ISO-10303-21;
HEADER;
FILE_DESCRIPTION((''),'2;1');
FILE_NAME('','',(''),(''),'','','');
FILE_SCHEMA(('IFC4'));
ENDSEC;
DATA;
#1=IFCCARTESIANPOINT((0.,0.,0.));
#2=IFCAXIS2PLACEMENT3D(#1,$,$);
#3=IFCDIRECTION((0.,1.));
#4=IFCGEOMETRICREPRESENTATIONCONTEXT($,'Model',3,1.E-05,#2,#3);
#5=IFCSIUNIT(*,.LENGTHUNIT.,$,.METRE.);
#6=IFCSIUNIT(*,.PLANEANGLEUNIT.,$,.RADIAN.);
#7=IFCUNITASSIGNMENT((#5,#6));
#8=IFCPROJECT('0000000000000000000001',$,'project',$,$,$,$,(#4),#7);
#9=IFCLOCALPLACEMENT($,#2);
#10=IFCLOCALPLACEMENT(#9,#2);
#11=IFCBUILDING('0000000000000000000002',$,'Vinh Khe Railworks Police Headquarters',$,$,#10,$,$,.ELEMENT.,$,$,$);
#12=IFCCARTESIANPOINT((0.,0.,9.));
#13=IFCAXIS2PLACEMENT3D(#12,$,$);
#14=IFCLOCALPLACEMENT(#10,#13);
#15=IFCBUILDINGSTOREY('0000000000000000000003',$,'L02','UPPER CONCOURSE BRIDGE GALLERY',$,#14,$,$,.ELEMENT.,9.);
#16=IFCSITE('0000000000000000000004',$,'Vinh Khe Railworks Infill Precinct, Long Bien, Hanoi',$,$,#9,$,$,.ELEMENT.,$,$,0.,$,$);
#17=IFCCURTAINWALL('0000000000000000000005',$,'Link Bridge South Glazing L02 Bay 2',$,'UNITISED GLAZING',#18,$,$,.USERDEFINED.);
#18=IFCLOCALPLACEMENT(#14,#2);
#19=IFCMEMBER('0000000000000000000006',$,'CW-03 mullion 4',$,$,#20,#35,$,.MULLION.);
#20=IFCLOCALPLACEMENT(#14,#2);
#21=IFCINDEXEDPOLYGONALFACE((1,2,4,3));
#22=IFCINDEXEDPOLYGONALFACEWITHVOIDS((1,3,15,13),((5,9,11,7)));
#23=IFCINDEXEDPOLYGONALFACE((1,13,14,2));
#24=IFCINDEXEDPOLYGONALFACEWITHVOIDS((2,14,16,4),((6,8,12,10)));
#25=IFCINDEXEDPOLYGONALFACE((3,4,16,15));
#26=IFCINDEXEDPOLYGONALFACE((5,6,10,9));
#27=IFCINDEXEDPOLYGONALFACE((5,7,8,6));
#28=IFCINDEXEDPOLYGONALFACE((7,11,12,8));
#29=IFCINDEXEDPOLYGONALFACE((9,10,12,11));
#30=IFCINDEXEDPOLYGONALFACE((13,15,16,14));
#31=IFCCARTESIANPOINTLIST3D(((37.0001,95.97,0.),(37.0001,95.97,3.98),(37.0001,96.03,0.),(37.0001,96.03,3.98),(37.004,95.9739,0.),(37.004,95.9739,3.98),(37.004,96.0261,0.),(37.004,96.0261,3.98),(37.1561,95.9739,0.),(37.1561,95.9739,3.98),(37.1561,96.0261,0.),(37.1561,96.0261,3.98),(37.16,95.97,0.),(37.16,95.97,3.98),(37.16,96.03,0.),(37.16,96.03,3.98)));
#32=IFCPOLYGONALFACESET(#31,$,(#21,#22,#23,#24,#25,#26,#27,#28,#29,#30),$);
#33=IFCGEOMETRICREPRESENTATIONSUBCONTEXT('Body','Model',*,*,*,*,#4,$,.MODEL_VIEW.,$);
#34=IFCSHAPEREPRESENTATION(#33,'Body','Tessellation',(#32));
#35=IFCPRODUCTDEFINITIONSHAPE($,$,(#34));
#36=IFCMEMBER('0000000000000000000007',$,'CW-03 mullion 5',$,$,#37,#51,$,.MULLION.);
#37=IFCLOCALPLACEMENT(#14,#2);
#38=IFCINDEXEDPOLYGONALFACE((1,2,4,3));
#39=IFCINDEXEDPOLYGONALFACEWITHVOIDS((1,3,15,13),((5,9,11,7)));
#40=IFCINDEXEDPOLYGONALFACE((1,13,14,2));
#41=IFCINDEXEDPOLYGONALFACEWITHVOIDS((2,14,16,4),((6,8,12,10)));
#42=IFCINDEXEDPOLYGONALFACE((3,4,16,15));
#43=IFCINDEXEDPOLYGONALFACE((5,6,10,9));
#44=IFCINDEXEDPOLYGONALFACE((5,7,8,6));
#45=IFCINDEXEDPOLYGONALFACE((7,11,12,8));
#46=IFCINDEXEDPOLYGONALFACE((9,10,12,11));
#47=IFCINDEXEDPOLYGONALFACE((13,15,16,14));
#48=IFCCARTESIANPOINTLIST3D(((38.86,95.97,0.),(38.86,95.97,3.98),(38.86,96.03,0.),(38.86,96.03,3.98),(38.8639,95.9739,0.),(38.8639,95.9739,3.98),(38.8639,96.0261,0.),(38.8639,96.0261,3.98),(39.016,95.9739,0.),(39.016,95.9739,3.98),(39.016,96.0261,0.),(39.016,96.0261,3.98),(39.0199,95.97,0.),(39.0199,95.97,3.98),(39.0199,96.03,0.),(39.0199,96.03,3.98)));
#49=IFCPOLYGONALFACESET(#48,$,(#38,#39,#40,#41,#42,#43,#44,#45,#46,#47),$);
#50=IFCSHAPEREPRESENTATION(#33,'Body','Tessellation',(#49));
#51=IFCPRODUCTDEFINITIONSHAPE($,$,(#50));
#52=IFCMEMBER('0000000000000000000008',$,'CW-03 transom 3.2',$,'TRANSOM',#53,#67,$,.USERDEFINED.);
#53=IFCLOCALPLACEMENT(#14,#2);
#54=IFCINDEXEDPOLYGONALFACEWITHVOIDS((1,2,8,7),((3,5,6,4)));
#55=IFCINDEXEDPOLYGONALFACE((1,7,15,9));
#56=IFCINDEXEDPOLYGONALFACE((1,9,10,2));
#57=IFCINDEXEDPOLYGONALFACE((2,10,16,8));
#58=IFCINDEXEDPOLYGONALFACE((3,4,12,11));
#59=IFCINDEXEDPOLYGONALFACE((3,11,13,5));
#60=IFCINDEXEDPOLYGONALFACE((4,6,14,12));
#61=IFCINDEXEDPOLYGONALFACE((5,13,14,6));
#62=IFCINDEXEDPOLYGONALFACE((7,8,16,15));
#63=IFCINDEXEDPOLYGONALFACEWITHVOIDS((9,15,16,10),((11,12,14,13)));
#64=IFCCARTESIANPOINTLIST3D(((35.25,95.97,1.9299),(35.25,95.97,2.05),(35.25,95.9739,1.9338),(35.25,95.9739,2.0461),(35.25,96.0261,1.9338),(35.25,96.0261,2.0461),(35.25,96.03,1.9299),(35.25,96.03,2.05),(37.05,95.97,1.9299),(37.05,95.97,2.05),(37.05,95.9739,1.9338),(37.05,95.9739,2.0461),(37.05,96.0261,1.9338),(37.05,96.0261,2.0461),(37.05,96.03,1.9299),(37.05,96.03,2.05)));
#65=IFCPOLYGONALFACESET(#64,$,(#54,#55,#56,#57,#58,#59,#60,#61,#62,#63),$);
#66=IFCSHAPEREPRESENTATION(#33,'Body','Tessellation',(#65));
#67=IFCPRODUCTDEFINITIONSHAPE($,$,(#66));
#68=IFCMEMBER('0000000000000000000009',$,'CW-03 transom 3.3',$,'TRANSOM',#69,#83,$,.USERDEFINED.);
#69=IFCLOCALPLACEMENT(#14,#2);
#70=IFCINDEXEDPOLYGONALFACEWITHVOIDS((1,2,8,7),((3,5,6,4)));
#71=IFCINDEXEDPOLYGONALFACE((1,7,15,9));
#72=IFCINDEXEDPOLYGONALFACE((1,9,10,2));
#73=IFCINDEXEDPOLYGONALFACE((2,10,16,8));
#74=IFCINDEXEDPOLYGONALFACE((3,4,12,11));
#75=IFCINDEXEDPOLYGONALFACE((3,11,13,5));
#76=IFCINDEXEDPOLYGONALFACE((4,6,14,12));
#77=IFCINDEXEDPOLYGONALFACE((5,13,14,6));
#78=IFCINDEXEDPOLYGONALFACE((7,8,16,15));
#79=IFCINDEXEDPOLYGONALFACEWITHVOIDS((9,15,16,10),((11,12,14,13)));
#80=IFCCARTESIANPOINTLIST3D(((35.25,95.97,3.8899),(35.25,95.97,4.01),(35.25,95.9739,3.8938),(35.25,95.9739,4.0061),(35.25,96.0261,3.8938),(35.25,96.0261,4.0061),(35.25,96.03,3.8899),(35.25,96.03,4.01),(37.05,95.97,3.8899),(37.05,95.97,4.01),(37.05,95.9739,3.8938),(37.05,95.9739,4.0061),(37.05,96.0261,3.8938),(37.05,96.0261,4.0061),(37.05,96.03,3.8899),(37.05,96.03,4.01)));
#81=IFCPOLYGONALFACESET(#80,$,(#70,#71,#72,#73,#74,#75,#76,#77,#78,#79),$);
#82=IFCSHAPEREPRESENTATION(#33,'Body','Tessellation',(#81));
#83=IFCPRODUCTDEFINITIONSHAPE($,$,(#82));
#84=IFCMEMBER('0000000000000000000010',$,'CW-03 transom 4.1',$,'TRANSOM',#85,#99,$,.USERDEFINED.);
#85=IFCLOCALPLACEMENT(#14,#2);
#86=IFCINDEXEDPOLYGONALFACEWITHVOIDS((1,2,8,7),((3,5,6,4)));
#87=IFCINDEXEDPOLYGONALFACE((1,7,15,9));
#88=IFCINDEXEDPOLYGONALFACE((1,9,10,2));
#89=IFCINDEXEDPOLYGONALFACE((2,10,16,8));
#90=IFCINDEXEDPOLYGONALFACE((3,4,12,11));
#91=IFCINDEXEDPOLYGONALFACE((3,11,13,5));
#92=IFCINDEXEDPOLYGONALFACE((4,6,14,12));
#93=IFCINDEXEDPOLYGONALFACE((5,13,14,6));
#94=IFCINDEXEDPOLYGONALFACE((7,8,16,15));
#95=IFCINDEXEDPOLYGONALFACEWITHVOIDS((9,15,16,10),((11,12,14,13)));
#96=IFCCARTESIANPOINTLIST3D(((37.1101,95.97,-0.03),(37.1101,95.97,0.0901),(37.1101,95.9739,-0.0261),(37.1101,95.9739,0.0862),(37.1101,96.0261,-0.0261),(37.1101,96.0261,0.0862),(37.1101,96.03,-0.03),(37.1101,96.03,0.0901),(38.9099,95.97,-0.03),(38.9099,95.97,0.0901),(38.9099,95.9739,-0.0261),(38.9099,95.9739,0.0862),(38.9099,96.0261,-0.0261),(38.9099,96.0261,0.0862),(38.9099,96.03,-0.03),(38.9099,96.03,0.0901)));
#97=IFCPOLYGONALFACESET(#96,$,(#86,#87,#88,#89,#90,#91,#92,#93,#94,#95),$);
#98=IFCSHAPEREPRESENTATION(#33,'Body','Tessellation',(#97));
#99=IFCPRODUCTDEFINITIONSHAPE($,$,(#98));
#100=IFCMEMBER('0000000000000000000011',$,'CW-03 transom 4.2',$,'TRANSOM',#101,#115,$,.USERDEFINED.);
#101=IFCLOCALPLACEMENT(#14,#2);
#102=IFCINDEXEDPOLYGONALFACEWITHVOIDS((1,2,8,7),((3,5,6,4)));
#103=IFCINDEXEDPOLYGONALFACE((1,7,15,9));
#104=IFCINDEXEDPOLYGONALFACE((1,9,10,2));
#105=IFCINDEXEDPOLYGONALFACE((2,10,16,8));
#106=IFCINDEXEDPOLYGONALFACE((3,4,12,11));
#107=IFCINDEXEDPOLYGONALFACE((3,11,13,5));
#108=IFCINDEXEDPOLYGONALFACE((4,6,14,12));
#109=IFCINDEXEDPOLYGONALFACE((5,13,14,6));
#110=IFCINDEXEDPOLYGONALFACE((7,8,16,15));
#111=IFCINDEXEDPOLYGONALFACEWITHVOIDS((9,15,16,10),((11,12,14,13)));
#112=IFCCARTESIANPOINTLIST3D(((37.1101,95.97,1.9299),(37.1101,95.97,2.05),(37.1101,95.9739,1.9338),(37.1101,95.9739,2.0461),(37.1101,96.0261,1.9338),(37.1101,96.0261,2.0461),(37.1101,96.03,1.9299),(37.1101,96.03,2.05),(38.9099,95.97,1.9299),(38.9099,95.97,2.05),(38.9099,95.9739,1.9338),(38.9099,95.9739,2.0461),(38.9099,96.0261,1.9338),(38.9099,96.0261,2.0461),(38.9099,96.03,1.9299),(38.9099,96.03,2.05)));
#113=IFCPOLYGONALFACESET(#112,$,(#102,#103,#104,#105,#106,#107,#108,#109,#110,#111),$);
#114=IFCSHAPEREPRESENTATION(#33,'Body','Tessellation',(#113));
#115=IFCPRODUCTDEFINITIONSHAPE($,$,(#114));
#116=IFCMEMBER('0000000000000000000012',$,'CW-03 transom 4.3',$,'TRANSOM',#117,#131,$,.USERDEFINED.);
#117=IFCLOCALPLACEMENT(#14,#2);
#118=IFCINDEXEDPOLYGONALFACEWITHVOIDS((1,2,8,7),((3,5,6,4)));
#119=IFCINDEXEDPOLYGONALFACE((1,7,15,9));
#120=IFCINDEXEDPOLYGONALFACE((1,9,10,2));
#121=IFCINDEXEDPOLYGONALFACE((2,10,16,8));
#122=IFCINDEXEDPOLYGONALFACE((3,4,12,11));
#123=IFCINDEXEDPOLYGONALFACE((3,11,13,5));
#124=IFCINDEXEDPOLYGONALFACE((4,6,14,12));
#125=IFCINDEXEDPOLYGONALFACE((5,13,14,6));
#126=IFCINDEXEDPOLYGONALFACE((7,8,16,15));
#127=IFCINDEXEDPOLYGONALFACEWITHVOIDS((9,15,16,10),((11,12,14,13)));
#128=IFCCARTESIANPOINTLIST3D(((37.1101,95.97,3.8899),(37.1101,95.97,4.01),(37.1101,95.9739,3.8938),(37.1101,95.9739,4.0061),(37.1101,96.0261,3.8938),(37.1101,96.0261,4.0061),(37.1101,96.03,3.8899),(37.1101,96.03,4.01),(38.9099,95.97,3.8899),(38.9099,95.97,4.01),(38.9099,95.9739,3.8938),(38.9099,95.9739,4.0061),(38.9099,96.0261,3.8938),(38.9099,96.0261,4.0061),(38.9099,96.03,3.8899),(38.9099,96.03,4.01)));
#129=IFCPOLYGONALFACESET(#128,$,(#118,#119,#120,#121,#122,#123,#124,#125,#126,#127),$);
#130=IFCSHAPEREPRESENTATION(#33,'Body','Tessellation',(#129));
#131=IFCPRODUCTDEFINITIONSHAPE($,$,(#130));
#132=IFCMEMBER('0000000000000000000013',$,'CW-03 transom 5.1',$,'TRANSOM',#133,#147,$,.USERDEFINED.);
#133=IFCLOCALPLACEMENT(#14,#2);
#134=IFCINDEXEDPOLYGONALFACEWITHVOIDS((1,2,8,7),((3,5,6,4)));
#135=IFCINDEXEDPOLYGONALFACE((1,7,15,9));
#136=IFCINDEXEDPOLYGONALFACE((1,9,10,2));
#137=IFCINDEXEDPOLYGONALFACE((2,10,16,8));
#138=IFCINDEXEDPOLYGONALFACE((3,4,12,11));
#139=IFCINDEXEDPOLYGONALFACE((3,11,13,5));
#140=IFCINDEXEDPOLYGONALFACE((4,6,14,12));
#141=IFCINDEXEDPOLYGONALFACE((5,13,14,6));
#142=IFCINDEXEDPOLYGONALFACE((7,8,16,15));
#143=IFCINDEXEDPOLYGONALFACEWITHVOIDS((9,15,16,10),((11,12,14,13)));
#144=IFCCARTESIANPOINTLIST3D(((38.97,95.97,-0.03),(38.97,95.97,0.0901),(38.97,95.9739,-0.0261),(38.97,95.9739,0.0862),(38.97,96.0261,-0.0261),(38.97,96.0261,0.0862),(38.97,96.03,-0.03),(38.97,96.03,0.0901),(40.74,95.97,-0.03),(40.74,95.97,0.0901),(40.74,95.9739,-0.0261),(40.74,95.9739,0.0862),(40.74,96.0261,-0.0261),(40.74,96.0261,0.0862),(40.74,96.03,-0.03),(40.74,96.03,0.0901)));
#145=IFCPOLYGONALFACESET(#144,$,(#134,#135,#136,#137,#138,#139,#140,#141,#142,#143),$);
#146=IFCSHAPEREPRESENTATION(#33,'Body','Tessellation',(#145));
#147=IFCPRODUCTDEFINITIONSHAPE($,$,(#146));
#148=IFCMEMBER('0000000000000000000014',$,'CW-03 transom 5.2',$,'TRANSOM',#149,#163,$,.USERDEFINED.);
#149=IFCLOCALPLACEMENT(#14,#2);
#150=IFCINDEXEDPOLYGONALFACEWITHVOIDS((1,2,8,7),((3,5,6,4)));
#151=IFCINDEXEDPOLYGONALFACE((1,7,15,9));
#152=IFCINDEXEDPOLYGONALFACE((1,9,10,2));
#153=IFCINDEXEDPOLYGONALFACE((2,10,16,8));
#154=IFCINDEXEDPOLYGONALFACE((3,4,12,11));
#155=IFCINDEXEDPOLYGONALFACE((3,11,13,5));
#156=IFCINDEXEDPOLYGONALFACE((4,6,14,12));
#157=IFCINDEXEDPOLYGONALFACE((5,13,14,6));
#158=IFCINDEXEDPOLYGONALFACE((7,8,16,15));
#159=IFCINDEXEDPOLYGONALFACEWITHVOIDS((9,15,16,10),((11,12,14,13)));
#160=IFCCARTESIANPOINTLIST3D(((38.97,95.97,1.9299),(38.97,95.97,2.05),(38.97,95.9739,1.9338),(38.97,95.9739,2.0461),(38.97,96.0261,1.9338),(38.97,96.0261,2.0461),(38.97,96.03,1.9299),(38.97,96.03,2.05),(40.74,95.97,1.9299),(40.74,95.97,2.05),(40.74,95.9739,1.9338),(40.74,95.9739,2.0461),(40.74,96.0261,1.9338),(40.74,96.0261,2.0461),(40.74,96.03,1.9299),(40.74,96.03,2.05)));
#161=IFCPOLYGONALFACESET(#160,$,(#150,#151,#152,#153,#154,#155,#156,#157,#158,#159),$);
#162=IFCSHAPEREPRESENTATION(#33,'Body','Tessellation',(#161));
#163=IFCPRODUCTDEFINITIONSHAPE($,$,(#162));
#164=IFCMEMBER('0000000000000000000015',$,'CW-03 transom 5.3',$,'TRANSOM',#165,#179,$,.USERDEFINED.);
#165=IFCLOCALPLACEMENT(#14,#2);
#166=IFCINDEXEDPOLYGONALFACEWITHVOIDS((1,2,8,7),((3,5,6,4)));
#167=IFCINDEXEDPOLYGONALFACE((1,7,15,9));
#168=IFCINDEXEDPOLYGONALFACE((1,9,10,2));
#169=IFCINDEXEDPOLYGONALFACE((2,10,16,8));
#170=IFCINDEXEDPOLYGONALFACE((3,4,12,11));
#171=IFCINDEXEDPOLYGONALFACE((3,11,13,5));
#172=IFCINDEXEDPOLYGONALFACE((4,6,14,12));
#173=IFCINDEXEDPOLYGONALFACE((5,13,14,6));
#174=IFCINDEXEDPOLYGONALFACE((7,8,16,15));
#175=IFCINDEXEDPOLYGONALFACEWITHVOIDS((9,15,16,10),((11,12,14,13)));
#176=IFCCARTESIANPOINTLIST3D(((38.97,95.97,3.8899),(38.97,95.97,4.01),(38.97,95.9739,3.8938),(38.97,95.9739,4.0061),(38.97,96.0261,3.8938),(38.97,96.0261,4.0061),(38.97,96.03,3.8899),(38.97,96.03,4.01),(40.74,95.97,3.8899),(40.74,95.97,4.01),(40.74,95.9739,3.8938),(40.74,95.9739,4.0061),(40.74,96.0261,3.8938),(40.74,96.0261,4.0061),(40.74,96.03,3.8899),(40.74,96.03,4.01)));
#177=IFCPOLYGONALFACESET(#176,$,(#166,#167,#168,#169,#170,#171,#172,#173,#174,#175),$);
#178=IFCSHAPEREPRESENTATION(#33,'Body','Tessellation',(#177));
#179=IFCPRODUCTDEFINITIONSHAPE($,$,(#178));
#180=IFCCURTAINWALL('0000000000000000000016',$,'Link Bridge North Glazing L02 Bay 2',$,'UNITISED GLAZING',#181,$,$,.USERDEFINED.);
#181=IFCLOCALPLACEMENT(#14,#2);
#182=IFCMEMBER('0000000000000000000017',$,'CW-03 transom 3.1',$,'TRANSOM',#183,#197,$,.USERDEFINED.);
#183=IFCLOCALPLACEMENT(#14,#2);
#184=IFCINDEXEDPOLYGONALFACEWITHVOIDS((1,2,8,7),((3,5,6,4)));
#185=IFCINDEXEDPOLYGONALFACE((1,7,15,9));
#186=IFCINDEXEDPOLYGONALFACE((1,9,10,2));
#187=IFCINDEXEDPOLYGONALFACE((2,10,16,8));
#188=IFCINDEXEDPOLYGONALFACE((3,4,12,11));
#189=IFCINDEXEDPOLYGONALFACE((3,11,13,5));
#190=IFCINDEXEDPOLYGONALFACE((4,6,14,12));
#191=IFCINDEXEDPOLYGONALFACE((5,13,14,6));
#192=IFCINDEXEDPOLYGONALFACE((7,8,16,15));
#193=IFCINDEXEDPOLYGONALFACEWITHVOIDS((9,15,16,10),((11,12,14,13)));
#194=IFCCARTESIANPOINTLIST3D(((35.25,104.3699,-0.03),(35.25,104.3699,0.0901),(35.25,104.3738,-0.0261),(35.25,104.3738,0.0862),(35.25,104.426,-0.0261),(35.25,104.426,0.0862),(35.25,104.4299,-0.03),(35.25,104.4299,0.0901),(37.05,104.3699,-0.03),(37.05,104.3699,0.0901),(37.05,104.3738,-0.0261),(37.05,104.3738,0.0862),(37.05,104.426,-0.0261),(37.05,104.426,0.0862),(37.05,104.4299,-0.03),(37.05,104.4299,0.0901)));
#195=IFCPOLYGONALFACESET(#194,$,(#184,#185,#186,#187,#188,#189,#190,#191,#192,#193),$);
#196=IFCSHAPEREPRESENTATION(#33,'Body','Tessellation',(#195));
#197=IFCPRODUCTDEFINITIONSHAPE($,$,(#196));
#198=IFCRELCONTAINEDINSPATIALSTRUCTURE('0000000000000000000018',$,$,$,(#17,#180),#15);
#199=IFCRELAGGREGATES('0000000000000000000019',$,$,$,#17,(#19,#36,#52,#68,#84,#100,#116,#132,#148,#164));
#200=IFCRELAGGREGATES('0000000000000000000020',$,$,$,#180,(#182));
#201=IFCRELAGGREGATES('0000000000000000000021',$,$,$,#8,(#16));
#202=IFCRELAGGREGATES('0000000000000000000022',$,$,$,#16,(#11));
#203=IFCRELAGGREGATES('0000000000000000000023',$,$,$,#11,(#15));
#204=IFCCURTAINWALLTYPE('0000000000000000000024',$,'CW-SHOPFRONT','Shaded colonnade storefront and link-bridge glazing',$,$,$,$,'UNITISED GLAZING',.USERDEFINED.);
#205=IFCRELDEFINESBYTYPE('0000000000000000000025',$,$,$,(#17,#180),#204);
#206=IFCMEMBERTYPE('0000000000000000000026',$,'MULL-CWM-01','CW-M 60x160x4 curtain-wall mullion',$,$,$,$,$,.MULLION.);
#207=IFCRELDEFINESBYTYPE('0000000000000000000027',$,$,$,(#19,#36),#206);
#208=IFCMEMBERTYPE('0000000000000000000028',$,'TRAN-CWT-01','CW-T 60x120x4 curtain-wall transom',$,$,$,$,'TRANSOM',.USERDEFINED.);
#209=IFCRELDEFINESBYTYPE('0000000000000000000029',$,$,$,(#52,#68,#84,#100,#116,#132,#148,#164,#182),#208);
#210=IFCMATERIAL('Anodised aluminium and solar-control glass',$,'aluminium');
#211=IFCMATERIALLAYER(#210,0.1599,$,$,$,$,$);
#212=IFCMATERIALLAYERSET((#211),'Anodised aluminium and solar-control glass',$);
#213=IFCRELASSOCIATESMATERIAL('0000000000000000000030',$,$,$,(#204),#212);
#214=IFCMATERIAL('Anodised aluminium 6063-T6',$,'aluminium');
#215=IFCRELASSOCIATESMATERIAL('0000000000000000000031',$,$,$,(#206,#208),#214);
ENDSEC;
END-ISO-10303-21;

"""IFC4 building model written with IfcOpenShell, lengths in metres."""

from ifc_helpers import new_model, si_unit, direction, frame, origin, origin_2d, place, context, subcontext, project, spatial, hollow_rectangle, extrude, material, layer, layer_set, material_profile, profile_set, type_object, element, aggregate, save


model = new_model("IFC4")

# Units and contexts
model_context = context("Model", 3, precision=1e-05, world=origin(), true_north=direction((0.0, 1.0)))
body_context = subcontext(model_context, "Body", "Model", "MODEL_VIEW")
ifc_project = project(units=[si_unit("LENGTHUNIT", "METRE"), si_unit("PLANEANGLEUNIT", "RADIAN")], contexts=[model_context])

# Site, building, storey
site_placement = place(None, origin())
site = spatial("IfcSite", under=ifc_project, at=site_placement, Name="Vinh Khe Railworks Infill Precinct, Long Bien, Hanoi", CompositionType="ELEMENT", RefElevation=0.0)
building_placement = place(site_placement, origin())
building = spatial("IfcBuilding", under=site, at=building_placement, Name="Vinh Khe Railworks Police Headquarters", CompositionType="ELEMENT")
storey_placement = place(building_placement, frame((0.0, 0.0, 9.0)))
storey = spatial("IfcBuildingStorey", under=building, at=storey_placement, Name="L02", Description="UPPER CONCOURSE BRIDGE GALLERY", CompositionType="ELEMENT", Elevation=9.0)

# Curtain walls, members
ifc_material_1 = material(Name="Anodised aluminium and solar-control glass", Category="aluminium")
ifc_layer_1 = layer(ifc_material_1, 0.1599)
ifc_layer_set_1 = layer_set([ifc_layer_1], Name="Anodised aluminium and solar-control glass")
curtain_wall_type = type_object("IfcCurtainWallType", Name="CW-SHOPFRONT", Description="Shaded colonnade storefront and link-bridge glazing", ElementType="UNITISED GLAZING", PredefinedType="USERDEFINED", material=ifc_layer_set_1)
curtain_wall_1_placement = place(storey_placement, origin())
curtain_wall_1 = element("IfcCurtainWall", 1, at=curtain_wall_1_placement, inside=storey, type_object=curtain_wall_type, Name="Link Bridge South Glazing L02 Bay 2", ObjectType="UNITISED GLAZING", PredefinedType="USERDEFINED")
ifc_material_2 = material(Name="Anodised aluminium 6063-T6", Category="aluminium")
ifc_material_profile_1 = material_profile(ifc_material_2, hollow_rectangle(XDim=0.0601, YDim=0.1599, WallThickness=0.0039, at=origin_2d()), Name="CW-M 60x160x4")
ifc_profile_set_1 = profile_set([ifc_material_profile_1], Name="Anodised aluminium 6063-T6")
member_type_1 = type_object("IfcMemberType", Name="MULL-CWM-01", Description="CW-M 60x160x4 curtain-wall mullion", PredefinedType="MULLION", material=ifc_profile_set_1)
member_1_placement = place(storey_placement, frame((37.0801, 96.0, 0.0), z_axis=(0.0, 0.0, 1.0), x_axis=(0.0, 1.0, 0.0)))
member_1 = element("IfcMember", 2, at=member_1_placement, type_object=member_type_1, Name="CW-03 mullion 4", PredefinedType="MULLION", context=body_context, shape_type="SweptSolid", body=[
    extrude(hollow_rectangle(XDim=0.0601, YDim=0.1599, WallThickness=0.0039, at=origin_2d()), origin(), (0.0, 0.0, 1.0), 3.98),
])
member_2_placement = place(storey_placement, frame((38.9399, 96.0, 0.0), z_axis=(0.0, 0.0, 1.0), x_axis=(0.0, 1.0, 0.0)))
member_2 = element("IfcMember", 3, at=member_2_placement, type_object=member_type_1, Name="CW-03 mullion 5", PredefinedType="MULLION", context=body_context, shape_type="SweptSolid", body=[
    extrude(hollow_rectangle(XDim=0.0601, YDim=0.1599, WallThickness=0.0039, at=origin_2d()), origin(), (0.0, 0.0, 1.0), 3.98),
])
ifc_material_profile_2 = material_profile(ifc_material_2, hollow_rectangle(XDim=0.0601, YDim=0.1201, WallThickness=0.0039, at=origin_2d()), Name="CW-T 60x120x4")
ifc_profile_set_2 = profile_set([ifc_material_profile_2], Name="Anodised aluminium 6063-T6")
member_type_2 = type_object("IfcMemberType", Name="TRAN-CWT-01", Description="CW-T 60x120x4 curtain-wall transom", ElementType="TRANSOM", PredefinedType="USERDEFINED", material=ifc_profile_set_2)
member_3_placement = place(storey_placement, frame((35.25, 96.0, 1.99), z_axis=(1.0, 0.0, 0.0), x_axis=(0.0, 1.0, 0.0)))
member_3 = element("IfcMember", 4, at=member_3_placement, type_object=member_type_2, Name="CW-03 transom 3.2", ObjectType="TRANSOM", PredefinedType="USERDEFINED", context=body_context, shape_type="SweptSolid", body=[
    extrude(hollow_rectangle(XDim=0.0601, YDim=0.1201, WallThickness=0.0039, at=origin_2d()), origin(), (0.0, 0.0, 1.0), 1.8),
])
member_4_placement = place(storey_placement, frame((35.25, 96.0, 3.95), z_axis=(1.0, 0.0, 0.0), x_axis=(0.0, 1.0, 0.0)))
member_4 = element("IfcMember", 5, at=member_4_placement, type_object=member_type_2, Name="CW-03 transom 3.3", ObjectType="TRANSOM", PredefinedType="USERDEFINED", context=body_context, shape_type="SweptSolid", body=[
    extrude(hollow_rectangle(XDim=0.0601, YDim=0.1201, WallThickness=0.0039, at=origin_2d()), origin(), (0.0, 0.0, 1.0), 1.8),
])
member_5_placement = place(storey_placement, frame((37.1101, 96.0, 0.03), z_axis=(1.0, 0.0, 0.0), x_axis=(0.0, 1.0, 0.0)))
member_5 = element("IfcMember", 6, at=member_5_placement, type_object=member_type_2, Name="CW-03 transom 4.1", ObjectType="TRANSOM", PredefinedType="USERDEFINED", context=body_context, shape_type="SweptSolid", body=[
    extrude(hollow_rectangle(XDim=0.0601, YDim=0.1201, WallThickness=0.0039, at=origin_2d()), origin(), (0.0, 0.0, 1.0), 1.7998),
])
member_6_placement = place(storey_placement, frame((37.1101, 96.0, 1.99), z_axis=(1.0, 0.0, 0.0), x_axis=(0.0, 1.0, 0.0)))
member_6 = element("IfcMember", 7, at=member_6_placement, type_object=member_type_2, Name="CW-03 transom 4.2", ObjectType="TRANSOM", PredefinedType="USERDEFINED", context=body_context, shape_type="SweptSolid", body=[
    extrude(hollow_rectangle(XDim=0.0601, YDim=0.1201, WallThickness=0.0039, at=origin_2d()), origin(), (0.0, 0.0, 1.0), 1.7998),
])
member_7_placement = place(storey_placement, frame((37.1101, 96.0, 3.95), z_axis=(1.0, 0.0, 0.0), x_axis=(0.0, 1.0, 0.0)))
member_7 = element("IfcMember", 8, at=member_7_placement, type_object=member_type_2, Name="CW-03 transom 4.3", ObjectType="TRANSOM", PredefinedType="USERDEFINED", context=body_context, shape_type="SweptSolid", body=[
    extrude(hollow_rectangle(XDim=0.0601, YDim=0.1201, WallThickness=0.0039, at=origin_2d()), origin(), (0.0, 0.0, 1.0), 1.7998),
])
member_8_placement = place(storey_placement, frame((38.97, 96.0, 0.03), z_axis=(1.0, 0.0, 0.0), x_axis=(0.0, 1.0, 0.0)))
member_8 = element("IfcMember", 9, at=member_8_placement, type_object=member_type_2, Name="CW-03 transom 5.1", ObjectType="TRANSOM", PredefinedType="USERDEFINED", context=body_context, shape_type="SweptSolid", body=[
    extrude(hollow_rectangle(XDim=0.0601, YDim=0.1201, WallThickness=0.0039, at=origin_2d()), origin(), (0.0, 0.0, 1.0), 1.77),
])
member_9_placement = place(storey_placement, frame((38.97, 96.0, 1.99), z_axis=(1.0, 0.0, 0.0), x_axis=(0.0, 1.0, 0.0)))
member_9 = element("IfcMember", 10, at=member_9_placement, type_object=member_type_2, Name="CW-03 transom 5.2", ObjectType="TRANSOM", PredefinedType="USERDEFINED", context=body_context, shape_type="SweptSolid", body=[
    extrude(hollow_rectangle(XDim=0.0601, YDim=0.1201, WallThickness=0.0039, at=origin_2d()), origin(), (0.0, 0.0, 1.0), 1.77),
])
member_10_placement = place(storey_placement, frame((38.97, 96.0, 3.95), z_axis=(1.0, 0.0, 0.0), x_axis=(0.0, 1.0, 0.0)))
member_10 = element("IfcMember", 11, at=member_10_placement, type_object=member_type_2, Name="CW-03 transom 5.3", ObjectType="TRANSOM", PredefinedType="USERDEFINED", context=body_context, shape_type="SweptSolid", body=[
    extrude(hollow_rectangle(XDim=0.0601, YDim=0.1201, WallThickness=0.0039, at=origin_2d()), origin(), (0.0, 0.0, 1.0), 1.77),
])
curtain_wall_2_placement = place(storey_placement, origin())
curtain_wall_2 = element("IfcCurtainWall", 12, at=curtain_wall_2_placement, inside=storey, type_object=curtain_wall_type, Name="Link Bridge North Glazing L02 Bay 2", ObjectType="UNITISED GLAZING", PredefinedType="USERDEFINED")
member_11_placement = place(storey_placement, frame((35.25, 104.3999, 0.03), z_axis=(1.0, 0.0, 0.0), x_axis=(0.0, 1.0, 0.0)))
member_11 = element("IfcMember", 13, at=member_11_placement, type_object=member_type_2, Name="CW-03 transom 3.1", ObjectType="TRANSOM", PredefinedType="USERDEFINED", context=body_context, shape_type="SweptSolid", body=[
    extrude(hollow_rectangle(XDim=0.0601, YDim=0.1201, WallThickness=0.0039, at=origin_2d()), origin(), (0.0, 0.0, 1.0), 1.8),
])

aggregate(curtain_wall_1, [member_1, member_2, member_3, member_4, member_5, member_6, member_7, member_8, member_9, member_10])
aggregate(curtain_wall_2, [member_11])

save(model, "model.ifc")
